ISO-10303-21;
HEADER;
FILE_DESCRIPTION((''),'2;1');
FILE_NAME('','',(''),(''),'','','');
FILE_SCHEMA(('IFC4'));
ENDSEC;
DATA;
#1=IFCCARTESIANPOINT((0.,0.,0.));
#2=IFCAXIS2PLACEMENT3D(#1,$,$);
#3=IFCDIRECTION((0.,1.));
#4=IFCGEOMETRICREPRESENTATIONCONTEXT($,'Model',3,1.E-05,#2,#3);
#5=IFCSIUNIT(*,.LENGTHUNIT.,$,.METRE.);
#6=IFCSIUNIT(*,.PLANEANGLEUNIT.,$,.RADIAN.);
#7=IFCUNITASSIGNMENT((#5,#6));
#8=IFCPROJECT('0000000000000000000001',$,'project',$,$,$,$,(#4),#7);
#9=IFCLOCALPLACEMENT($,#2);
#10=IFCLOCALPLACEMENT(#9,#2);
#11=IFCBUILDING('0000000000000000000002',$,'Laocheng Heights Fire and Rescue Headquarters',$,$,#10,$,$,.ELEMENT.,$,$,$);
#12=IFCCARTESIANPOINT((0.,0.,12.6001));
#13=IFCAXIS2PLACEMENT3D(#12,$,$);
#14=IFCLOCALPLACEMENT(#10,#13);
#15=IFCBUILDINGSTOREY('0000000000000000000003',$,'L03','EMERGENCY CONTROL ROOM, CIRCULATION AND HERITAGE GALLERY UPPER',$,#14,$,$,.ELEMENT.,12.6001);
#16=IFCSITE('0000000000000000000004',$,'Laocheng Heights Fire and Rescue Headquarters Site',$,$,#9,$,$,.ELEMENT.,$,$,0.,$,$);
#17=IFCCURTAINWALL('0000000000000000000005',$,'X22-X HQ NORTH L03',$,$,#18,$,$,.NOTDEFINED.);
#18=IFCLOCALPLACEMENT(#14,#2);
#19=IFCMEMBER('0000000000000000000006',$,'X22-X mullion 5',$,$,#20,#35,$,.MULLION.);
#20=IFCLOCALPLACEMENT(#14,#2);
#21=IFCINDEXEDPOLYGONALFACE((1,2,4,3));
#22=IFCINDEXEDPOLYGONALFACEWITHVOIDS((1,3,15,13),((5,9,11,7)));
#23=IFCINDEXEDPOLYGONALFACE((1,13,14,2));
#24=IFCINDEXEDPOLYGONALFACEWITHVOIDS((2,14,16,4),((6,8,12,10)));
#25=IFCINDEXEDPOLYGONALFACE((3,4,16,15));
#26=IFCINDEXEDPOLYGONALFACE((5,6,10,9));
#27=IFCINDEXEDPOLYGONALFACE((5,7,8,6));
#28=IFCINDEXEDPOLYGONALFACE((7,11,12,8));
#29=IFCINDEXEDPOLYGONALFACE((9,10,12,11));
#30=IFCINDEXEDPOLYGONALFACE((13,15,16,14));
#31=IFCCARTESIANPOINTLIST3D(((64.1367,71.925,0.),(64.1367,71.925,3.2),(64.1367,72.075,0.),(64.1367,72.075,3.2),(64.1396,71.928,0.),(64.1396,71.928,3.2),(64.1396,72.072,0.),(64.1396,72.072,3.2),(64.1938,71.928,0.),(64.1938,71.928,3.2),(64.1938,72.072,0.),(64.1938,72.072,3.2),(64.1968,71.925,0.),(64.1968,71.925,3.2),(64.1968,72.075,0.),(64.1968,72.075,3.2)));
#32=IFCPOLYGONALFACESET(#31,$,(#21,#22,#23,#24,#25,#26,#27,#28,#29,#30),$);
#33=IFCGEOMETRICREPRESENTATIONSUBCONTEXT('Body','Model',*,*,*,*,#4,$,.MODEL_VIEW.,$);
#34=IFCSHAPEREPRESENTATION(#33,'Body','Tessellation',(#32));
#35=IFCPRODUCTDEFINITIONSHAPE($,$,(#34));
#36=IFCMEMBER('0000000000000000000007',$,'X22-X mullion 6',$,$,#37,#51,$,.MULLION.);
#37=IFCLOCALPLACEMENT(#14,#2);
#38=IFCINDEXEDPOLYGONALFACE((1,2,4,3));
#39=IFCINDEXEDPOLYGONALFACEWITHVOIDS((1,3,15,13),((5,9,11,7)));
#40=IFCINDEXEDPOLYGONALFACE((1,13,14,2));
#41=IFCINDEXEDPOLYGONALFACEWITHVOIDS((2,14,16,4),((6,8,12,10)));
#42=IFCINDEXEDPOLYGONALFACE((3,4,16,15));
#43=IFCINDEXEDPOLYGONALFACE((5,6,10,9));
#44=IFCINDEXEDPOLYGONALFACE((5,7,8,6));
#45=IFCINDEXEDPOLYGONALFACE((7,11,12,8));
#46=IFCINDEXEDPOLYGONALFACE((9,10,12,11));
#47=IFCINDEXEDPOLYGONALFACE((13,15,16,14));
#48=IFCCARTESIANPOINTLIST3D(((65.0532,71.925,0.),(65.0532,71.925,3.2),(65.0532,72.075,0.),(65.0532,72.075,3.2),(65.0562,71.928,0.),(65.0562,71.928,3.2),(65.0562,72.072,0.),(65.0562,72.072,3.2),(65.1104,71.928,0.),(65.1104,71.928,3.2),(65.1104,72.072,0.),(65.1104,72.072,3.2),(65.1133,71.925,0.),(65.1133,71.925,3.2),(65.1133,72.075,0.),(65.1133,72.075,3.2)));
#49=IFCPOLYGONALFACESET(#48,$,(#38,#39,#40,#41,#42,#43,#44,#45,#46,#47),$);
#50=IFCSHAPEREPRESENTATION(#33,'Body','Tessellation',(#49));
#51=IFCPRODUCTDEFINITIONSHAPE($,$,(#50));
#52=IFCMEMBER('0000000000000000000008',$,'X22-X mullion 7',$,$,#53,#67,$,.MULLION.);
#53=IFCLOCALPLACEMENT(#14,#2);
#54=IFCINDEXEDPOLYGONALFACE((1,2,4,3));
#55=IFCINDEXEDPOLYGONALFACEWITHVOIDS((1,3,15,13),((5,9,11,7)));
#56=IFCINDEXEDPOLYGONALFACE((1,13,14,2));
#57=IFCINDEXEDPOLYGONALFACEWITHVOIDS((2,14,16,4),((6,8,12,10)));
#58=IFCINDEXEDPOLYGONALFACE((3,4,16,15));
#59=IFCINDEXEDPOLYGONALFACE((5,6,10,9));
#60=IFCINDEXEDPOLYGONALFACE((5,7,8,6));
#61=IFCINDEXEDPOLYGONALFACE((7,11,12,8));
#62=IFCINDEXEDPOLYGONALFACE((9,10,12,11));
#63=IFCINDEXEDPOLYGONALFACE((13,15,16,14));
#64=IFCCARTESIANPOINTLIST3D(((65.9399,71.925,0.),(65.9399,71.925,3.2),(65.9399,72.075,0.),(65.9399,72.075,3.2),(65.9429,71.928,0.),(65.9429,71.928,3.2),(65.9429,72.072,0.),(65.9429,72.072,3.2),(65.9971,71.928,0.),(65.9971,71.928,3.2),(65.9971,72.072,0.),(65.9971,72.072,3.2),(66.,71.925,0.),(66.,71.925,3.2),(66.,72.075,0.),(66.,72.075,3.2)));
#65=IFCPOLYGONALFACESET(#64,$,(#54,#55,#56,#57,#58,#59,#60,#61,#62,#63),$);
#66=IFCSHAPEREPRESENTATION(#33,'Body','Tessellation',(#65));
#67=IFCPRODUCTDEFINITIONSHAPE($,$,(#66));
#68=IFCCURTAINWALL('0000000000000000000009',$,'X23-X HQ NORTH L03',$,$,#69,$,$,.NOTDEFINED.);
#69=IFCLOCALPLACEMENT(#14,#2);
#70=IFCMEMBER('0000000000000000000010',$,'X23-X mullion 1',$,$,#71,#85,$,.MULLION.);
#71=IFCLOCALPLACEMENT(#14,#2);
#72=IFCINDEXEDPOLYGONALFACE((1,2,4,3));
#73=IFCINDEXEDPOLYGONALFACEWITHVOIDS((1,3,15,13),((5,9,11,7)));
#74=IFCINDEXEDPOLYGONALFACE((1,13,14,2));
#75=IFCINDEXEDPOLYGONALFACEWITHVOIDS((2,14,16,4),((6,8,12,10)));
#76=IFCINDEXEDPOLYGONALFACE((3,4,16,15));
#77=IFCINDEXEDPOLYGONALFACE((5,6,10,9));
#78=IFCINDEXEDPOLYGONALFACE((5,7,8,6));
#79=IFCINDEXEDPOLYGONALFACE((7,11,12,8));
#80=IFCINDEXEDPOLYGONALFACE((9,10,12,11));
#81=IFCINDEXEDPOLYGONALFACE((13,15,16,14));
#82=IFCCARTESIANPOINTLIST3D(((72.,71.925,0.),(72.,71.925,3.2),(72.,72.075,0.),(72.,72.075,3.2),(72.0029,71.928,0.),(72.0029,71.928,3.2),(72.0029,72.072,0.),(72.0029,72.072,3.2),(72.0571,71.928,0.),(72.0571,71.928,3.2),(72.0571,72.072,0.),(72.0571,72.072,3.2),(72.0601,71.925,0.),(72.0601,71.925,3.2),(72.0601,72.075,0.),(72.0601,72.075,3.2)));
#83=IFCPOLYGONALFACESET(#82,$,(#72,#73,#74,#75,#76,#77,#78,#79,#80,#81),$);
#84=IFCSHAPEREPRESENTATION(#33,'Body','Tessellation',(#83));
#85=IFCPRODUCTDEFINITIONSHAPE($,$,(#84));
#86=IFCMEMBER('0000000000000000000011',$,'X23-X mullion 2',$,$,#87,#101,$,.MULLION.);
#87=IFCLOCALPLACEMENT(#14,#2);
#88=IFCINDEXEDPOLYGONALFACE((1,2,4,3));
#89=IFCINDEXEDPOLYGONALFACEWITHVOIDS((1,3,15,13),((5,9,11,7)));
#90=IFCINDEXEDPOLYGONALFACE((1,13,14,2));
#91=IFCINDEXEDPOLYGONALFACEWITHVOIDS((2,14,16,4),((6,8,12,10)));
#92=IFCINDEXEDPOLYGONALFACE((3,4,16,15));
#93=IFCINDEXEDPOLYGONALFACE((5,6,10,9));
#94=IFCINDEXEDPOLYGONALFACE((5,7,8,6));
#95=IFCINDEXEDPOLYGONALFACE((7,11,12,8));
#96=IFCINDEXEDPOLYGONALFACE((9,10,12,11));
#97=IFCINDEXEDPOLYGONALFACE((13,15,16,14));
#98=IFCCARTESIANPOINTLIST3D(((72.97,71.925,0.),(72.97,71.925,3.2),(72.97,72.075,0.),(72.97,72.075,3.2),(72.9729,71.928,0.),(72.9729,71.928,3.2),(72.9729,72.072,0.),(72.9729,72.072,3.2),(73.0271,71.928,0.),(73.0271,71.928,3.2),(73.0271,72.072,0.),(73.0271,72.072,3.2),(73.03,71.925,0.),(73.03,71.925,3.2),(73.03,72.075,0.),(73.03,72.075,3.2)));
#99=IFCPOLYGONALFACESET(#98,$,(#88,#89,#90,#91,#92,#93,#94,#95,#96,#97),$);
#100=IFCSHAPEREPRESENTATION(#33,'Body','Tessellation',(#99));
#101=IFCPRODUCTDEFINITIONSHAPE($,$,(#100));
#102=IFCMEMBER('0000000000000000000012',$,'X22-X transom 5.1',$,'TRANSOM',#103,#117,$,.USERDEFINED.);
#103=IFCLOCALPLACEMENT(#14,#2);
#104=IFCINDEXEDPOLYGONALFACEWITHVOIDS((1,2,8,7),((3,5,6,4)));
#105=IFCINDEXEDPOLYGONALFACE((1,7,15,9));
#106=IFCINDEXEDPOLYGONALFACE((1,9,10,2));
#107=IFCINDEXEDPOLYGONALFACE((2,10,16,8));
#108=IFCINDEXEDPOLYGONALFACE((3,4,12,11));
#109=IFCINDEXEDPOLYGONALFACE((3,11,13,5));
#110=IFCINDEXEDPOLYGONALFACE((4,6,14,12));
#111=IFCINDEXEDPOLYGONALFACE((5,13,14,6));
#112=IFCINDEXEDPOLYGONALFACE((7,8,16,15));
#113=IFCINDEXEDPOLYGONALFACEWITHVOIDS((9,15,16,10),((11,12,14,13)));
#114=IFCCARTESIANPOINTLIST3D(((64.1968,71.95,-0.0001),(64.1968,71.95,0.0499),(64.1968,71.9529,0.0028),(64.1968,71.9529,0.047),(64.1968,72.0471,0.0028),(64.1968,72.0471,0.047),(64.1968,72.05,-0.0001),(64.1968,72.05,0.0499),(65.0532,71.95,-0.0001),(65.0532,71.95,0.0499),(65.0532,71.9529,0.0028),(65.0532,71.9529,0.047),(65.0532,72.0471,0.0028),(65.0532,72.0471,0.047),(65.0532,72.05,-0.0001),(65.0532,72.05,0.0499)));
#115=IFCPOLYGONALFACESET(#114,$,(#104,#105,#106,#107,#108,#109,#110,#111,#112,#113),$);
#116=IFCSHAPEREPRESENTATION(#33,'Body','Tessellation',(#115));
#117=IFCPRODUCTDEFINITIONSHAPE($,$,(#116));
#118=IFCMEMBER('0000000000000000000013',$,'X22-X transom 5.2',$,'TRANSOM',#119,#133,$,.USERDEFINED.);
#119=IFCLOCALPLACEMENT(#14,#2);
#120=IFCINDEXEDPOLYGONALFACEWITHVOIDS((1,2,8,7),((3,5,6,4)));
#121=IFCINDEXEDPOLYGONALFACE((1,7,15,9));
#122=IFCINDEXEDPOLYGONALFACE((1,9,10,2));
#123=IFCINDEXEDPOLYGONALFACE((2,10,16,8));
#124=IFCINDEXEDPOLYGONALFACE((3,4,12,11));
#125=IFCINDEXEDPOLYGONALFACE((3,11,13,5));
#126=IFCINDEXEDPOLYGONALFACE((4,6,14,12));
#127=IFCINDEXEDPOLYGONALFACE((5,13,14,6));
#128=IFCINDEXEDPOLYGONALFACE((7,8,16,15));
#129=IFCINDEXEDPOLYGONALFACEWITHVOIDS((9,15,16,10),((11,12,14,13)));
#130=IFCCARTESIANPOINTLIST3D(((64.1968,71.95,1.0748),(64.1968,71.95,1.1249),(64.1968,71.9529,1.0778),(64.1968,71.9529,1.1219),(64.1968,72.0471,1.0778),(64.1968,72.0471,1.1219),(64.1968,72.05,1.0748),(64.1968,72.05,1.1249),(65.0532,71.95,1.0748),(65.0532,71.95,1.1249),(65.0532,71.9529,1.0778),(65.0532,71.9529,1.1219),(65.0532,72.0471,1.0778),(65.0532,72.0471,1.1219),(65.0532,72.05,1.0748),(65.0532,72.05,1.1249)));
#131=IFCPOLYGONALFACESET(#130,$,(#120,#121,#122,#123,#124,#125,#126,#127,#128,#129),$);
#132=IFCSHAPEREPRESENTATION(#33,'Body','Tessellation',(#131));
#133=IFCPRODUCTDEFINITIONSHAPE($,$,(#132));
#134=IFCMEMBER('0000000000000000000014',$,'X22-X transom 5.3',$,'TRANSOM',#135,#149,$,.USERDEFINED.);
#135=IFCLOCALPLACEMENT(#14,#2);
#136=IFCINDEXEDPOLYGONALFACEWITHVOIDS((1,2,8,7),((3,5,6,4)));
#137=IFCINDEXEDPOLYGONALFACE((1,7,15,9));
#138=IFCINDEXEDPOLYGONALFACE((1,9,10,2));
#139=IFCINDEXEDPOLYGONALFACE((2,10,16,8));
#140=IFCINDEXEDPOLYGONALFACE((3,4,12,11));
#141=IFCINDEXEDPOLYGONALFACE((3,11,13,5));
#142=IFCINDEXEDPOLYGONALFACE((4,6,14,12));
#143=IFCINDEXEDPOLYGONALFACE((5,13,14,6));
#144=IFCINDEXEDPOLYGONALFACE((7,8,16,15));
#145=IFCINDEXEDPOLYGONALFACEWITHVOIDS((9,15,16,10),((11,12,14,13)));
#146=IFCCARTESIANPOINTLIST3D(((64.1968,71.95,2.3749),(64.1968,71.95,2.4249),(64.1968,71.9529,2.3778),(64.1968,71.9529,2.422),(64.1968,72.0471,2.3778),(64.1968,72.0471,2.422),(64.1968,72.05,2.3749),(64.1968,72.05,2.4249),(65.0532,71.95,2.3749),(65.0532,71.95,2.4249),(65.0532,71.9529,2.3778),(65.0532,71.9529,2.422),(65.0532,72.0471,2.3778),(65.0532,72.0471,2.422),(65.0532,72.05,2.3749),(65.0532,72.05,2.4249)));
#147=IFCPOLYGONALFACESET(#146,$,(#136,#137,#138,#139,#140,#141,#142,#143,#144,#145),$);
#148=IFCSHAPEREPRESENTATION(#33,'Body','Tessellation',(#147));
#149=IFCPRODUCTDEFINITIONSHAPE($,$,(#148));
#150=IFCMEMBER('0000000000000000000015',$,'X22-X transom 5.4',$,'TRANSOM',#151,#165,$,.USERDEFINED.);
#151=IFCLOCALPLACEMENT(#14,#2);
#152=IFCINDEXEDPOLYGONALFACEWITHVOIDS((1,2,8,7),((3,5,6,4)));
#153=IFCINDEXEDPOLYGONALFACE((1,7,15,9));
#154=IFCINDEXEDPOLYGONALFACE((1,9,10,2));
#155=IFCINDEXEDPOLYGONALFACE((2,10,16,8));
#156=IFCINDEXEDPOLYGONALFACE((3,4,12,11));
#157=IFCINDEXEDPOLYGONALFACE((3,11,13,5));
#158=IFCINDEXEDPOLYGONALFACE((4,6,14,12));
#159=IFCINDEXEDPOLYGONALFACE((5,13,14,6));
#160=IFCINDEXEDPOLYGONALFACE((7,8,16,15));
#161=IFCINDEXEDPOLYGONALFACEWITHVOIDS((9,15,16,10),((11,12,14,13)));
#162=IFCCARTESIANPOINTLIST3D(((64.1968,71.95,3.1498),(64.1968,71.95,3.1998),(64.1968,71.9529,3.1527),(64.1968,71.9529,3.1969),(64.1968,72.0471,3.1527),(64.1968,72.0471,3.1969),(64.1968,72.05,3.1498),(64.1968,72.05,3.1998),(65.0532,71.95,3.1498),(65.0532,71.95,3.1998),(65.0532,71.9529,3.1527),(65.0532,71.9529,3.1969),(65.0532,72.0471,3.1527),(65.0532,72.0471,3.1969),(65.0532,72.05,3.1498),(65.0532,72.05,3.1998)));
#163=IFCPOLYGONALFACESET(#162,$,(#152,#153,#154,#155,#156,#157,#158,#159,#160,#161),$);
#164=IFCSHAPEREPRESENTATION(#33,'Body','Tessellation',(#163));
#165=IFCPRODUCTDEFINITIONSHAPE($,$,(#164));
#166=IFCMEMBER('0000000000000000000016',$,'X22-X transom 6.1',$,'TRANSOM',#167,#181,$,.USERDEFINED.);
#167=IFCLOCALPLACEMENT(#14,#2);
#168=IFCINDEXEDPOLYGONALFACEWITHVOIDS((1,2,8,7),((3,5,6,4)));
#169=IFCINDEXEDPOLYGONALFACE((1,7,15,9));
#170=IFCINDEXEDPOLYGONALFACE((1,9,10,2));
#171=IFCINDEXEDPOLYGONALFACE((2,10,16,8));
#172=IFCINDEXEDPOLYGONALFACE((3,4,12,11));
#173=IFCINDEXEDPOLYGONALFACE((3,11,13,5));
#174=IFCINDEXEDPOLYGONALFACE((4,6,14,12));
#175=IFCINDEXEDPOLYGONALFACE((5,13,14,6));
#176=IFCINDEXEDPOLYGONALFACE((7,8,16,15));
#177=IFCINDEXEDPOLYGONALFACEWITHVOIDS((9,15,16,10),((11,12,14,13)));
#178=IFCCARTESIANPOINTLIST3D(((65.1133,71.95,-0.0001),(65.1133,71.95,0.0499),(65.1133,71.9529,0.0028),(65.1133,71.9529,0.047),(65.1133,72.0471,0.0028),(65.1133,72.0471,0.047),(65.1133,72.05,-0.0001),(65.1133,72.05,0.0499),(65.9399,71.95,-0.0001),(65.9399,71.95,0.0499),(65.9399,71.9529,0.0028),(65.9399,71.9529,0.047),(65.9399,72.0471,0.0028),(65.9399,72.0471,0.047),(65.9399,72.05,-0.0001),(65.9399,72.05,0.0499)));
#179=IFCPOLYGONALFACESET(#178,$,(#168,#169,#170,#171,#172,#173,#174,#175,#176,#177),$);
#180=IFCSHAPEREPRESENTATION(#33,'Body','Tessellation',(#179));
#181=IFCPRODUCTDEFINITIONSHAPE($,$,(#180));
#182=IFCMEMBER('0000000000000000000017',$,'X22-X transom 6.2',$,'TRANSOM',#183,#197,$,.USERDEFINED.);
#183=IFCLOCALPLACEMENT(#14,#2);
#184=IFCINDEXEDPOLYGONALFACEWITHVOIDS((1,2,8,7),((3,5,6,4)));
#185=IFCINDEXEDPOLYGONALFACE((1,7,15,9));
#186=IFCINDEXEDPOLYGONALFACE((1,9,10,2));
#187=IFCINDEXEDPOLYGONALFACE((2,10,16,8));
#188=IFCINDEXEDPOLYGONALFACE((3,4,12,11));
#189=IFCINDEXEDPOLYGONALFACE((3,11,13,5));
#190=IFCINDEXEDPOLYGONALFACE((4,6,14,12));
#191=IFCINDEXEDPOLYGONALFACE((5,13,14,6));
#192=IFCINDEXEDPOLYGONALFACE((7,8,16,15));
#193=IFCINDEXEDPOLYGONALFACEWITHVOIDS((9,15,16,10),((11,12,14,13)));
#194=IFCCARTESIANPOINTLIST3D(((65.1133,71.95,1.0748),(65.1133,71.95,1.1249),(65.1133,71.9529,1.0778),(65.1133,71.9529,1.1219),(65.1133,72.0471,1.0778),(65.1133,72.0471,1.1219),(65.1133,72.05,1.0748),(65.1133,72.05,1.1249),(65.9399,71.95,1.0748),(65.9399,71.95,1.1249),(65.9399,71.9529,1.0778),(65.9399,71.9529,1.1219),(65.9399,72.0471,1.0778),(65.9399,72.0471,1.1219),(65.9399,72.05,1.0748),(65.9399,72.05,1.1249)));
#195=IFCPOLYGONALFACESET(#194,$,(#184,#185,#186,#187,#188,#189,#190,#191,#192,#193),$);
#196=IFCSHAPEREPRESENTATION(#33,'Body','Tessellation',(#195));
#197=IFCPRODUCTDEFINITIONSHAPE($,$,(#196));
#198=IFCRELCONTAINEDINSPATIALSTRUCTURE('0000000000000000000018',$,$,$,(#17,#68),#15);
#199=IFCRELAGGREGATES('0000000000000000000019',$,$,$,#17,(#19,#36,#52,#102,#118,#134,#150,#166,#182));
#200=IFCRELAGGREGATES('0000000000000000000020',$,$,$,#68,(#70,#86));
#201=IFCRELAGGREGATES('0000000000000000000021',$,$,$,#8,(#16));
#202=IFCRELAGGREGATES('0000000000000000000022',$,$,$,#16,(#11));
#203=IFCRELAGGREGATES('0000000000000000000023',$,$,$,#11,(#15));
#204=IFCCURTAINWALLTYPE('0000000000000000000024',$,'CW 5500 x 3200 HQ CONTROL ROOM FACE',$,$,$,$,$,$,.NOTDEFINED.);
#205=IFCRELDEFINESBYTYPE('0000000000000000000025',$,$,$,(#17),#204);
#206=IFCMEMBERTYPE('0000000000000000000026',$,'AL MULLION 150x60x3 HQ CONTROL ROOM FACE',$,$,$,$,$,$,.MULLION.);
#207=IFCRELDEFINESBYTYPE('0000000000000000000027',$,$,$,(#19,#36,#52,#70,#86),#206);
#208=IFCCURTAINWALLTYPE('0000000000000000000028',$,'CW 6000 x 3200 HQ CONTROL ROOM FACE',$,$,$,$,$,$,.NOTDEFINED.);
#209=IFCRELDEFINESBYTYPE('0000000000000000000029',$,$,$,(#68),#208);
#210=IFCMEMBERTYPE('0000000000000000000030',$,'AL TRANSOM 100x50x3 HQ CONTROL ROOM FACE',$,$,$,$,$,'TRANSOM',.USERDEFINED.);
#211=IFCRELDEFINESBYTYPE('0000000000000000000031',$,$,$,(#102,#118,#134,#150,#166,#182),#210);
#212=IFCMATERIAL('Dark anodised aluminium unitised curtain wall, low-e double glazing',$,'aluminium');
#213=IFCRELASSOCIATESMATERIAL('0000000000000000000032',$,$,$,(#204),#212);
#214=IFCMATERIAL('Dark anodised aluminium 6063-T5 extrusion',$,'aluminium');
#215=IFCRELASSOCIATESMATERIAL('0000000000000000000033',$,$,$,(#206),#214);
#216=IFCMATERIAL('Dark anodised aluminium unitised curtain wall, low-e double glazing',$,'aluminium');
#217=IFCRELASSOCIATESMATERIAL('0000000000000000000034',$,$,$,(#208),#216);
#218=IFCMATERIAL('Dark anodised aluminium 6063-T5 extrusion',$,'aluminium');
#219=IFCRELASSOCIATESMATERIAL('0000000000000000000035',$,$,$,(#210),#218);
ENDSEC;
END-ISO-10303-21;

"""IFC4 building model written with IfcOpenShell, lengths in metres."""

from ifc_helpers import new_model, si_unit, direction, frame, origin, origin_2d, place, context, subcontext, project, spatial, hollow_rectangle, extrude, material, material_profile, profile_set, type_object, element, aggregate, save


model = new_model("IFC4")

# Units and contexts
model_context = context("Model", 3, precision=1e-05, world=origin(), true_north=direction((0.0, 1.0)))
body_context = subcontext(model_context, "Body", "Model", "MODEL_VIEW")
ifc_project = project(units=[si_unit("LENGTHUNIT", "METRE"), si_unit("PLANEANGLEUNIT", "RADIAN")], contexts=[model_context])

# Site, building, storey
site_placement = place(None, origin())
site = spatial("IfcSite", under=ifc_project, at=site_placement, Name="Laocheng Heights Fire and Rescue Headquarters Site", CompositionType="ELEMENT", RefElevation=0.0)
building_placement = place(site_placement, origin())
building = spatial("IfcBuilding", under=site, at=building_placement, Name="Laocheng Heights Fire and Rescue Headquarters", CompositionType="ELEMENT")
storey_placement = place(building_placement, frame((0.0, 0.0, 12.6001)))
storey = spatial("IfcBuildingStorey", under=building, at=storey_placement, Name="L03", Description="EMERGENCY CONTROL ROOM, CIRCULATION AND HERITAGE GALLERY UPPER", CompositionType="ELEMENT", Elevation=12.6001)

# Curtain walls, members
ifc_material_1 = material(Name="Dark anodised aluminium unitised curtain wall, low-e double glazing", Category="aluminium")
curtain_wall_type_1 = type_object("IfcCurtainWallType", Name="CW 5500 x 3200 HQ CONTROL ROOM FACE", PredefinedType="NOTDEFINED", material=ifc_material_1)
curtain_wall_1_placement = place(storey_placement, origin())
curtain_wall_1 = element("IfcCurtainWall", 1, at=curtain_wall_1_placement, inside=storey, type_object=curtain_wall_type_1, Name="X22-X HQ NORTH L03", PredefinedType="NOTDEFINED")
ifc_material_2 = material(Name="Dark anodised aluminium 6063-T5 extrusion", Category="aluminium")
ifc_material_profile_1 = material_profile(ifc_material_2, hollow_rectangle(XDim=0.1499, YDim=0.0601, WallThickness=0.0029, at=origin_2d()), Name="AL MULLION 150x60x3 HQ CONTROL ROOM FACE")
ifc_profile_set_1 = profile_set([ifc_material_profile_1], Name="Dark anodised aluminium 6063-T5 extrusion")
member_type_1 = type_object("IfcMemberType", Name="AL MULLION 150x60x3 HQ CONTROL ROOM FACE", PredefinedType="MULLION", material=ifc_profile_set_1)
member_1_placement = place(storey_placement, frame((64.1667, 72.0, 0.0), z_axis=(0.0, 0.0, 1.0), x_axis=(0.0, 1.0, 0.0)))
member_1 = element("IfcMember", 2, at=member_1_placement, type_object=member_type_1, Name="X22-X mullion 5", PredefinedType="MULLION", context=body_context, shape_type="SweptSolid", body=[
    extrude(hollow_rectangle(XDim=0.1499, YDim=0.0601, WallThickness=0.0029, at=origin_2d()), origin(), (0.0, 0.0, 1.0), 3.2),
])
member_2_placement = place(storey_placement, frame((65.0833, 72.0, 0.0), z_axis=(0.0, 0.0, 1.0), x_axis=(0.0, 1.0, 0.0)))
member_2 = element("IfcMember", 3, at=member_2_placement, type_object=member_type_1, Name="X22-X mullion 6", PredefinedType="MULLION", context=body_context, shape_type="SweptSolid", body=[
    extrude(hollow_rectangle(XDim=0.1499, YDim=0.0601, WallThickness=0.0029, at=origin_2d()), origin(), (0.0, 0.0, 1.0), 3.2),
])
member_3_placement = place(storey_placement, frame((65.97, 72.0, 0.0), z_axis=(0.0, 0.0, 1.0), x_axis=(0.0, 1.0, 0.0)))
member_3 = element("IfcMember", 4, at=member_3_placement, type_object=member_type_1, Name="X22-X mullion 7", PredefinedType="MULLION", context=body_context, shape_type="SweptSolid", body=[
    extrude(hollow_rectangle(XDim=0.1499, YDim=0.0601, WallThickness=0.0029, at=origin_2d()), origin(), (0.0, 0.0, 1.0), 3.2),
])
ifc_material_3 = material(Name="Dark anodised aluminium unitised curtain wall, low-e double glazing", Category="aluminium")
curtain_wall_type_2 = type_object("IfcCurtainWallType", Name="CW 6000 x 3200 HQ CONTROL ROOM FACE", PredefinedType="NOTDEFINED", material=ifc_material_3)
curtain_wall_2_placement = place(storey_placement, origin())
curtain_wall_2 = element("IfcCurtainWall", 5, at=curtain_wall_2_placement, inside=storey, type_object=curtain_wall_type_2, Name="X23-X HQ NORTH L03", PredefinedType="NOTDEFINED")
member_4_placement = place(storey_placement, frame((72.03, 72.0, 0.0), z_axis=(0.0, 0.0, 1.0), x_axis=(0.0, 1.0, 0.0)))
member_4 = element("IfcMember", 6, at=member_4_placement, type_object=member_type_1, Name="X23-X mullion 1", PredefinedType="MULLION", context=body_context, shape_type="SweptSolid", body=[
    extrude(hollow_rectangle(XDim=0.1499, YDim=0.0601, WallThickness=0.0029, at=origin_2d()), origin(), (0.0, 0.0, 1.0), 3.2),
])
member_5_placement = place(storey_placement, frame((73.0, 72.0, 0.0), z_axis=(0.0, 0.0, 1.0), x_axis=(0.0, 1.0, 0.0)))
member_5 = element("IfcMember", 7, at=member_5_placement, type_object=member_type_1, Name="X23-X mullion 2", PredefinedType="MULLION", context=body_context, shape_type="SweptSolid", body=[
    extrude(hollow_rectangle(XDim=0.1499, YDim=0.0601, WallThickness=0.0029, at=origin_2d()), origin(), (0.0, 0.0, 1.0), 3.2),
])

# Members
ifc_material_4 = material(Name="Dark anodised aluminium 6063-T5 extrusion", Category="aluminium")
ifc_material_profile_2 = material_profile(ifc_material_4, hollow_rectangle(XDim=0.1001, YDim=0.05, WallThickness=0.0029, at=origin_2d()), Name="AL TRANSOM 100x50x3 HQ CONTROL ROOM FACE")
ifc_profile_set_2 = profile_set([ifc_material_profile_2], Name="Dark anodised aluminium 6063-T5 extrusion")
member_type_2 = type_object("IfcMemberType", Name="AL TRANSOM 100x50x3 HQ CONTROL ROOM FACE", ElementType="TRANSOM", PredefinedType="USERDEFINED", material=ifc_profile_set_2)
member_6_placement = place(storey_placement, frame((64.1968, 72.0, 0.0249), z_axis=(1.0, 0.0, 0.0), x_axis=(0.0, 1.0, 0.0)))
member_6 = element("IfcMember", 8, at=member_6_placement, type_object=member_type_2, Name="X22-X transom 5.1", ObjectType="TRANSOM", PredefinedType="USERDEFINED", context=body_context, shape_type="SweptSolid", body=[
    extrude(hollow_rectangle(XDim=0.1001, YDim=0.05, WallThickness=0.0029, at=origin_2d()), origin(), (0.0, 0.0, 1.0), 0.8564),
])
member_7_placement = place(storey_placement, frame((64.1968, 72.0, 1.0999), z_axis=(1.0, 0.0, 0.0), x_axis=(0.0, 1.0, 0.0)))
member_7 = element("IfcMember", 9, at=member_7_placement, type_object=member_type_2, Name="X22-X transom 5.2", ObjectType="TRANSOM", PredefinedType="USERDEFINED", context=body_context, shape_type="SweptSolid", body=[
    extrude(hollow_rectangle(XDim=0.1001, YDim=0.05, WallThickness=0.0029, at=origin_2d()), origin(), (0.0, 0.0, 1.0), 0.8564),
])
member_8_placement = place(storey_placement, frame((64.1968, 72.0, 2.3999), z_axis=(1.0, 0.0, 0.0), x_axis=(0.0, 1.0, 0.0)))
member_8 = element("IfcMember", 10, at=member_8_placement, type_object=member_type_2, Name="X22-X transom 5.3", ObjectType="TRANSOM", PredefinedType="USERDEFINED", context=body_context, shape_type="SweptSolid", body=[
    extrude(hollow_rectangle(XDim=0.1001, YDim=0.05, WallThickness=0.0029, at=origin_2d()), origin(), (0.0, 0.0, 1.0), 0.8564),
])
member_9_placement = place(storey_placement, frame((64.1968, 72.0, 3.1748), z_axis=(1.0, 0.0, 0.0), x_axis=(0.0, 1.0, 0.0)))
member_9 = element("IfcMember", 11, at=member_9_placement, type_object=member_type_2, Name="X22-X transom 5.4", ObjectType="TRANSOM", PredefinedType="USERDEFINED", context=body_context, shape_type="SweptSolid", body=[
    extrude(hollow_rectangle(XDim=0.1001, YDim=0.05, WallThickness=0.0029, at=origin_2d()), origin(), (0.0, 0.0, 1.0), 0.8564),
])
member_10_placement = place(storey_placement, frame((65.1133, 72.0, 0.0249), z_axis=(1.0, 0.0, 0.0), x_axis=(0.0, 1.0, 0.0)))
member_10 = element("IfcMember", 12, at=member_10_placement, type_object=member_type_2, Name="X22-X transom 6.1", ObjectType="TRANSOM", PredefinedType="USERDEFINED", context=body_context, shape_type="SweptSolid", body=[
    extrude(hollow_rectangle(XDim=0.1001, YDim=0.05, WallThickness=0.0029, at=origin_2d()), origin(), (0.0, 0.0, 1.0), 0.8267),
])
member_11_placement = place(storey_placement, frame((65.1133, 72.0, 1.0999), z_axis=(1.0, 0.0, 0.0), x_axis=(0.0, 1.0, 0.0)))
member_11 = element("IfcMember", 13, at=member_11_placement, type_object=member_type_2, Name="X22-X transom 6.2", ObjectType="TRANSOM", PredefinedType="USERDEFINED", context=body_context, shape_type="SweptSolid", body=[
    extrude(hollow_rectangle(XDim=0.1001, YDim=0.05, WallThickness=0.0029, at=origin_2d()), origin(), (0.0, 0.0, 1.0), 0.8267),
])

aggregate(curtain_wall_1, [member_1, member_2, member_3, member_6, member_7, member_8, member_9, member_10, member_11])
aggregate(curtain_wall_2, [member_4, member_5])

save(model, "model.ifc")
